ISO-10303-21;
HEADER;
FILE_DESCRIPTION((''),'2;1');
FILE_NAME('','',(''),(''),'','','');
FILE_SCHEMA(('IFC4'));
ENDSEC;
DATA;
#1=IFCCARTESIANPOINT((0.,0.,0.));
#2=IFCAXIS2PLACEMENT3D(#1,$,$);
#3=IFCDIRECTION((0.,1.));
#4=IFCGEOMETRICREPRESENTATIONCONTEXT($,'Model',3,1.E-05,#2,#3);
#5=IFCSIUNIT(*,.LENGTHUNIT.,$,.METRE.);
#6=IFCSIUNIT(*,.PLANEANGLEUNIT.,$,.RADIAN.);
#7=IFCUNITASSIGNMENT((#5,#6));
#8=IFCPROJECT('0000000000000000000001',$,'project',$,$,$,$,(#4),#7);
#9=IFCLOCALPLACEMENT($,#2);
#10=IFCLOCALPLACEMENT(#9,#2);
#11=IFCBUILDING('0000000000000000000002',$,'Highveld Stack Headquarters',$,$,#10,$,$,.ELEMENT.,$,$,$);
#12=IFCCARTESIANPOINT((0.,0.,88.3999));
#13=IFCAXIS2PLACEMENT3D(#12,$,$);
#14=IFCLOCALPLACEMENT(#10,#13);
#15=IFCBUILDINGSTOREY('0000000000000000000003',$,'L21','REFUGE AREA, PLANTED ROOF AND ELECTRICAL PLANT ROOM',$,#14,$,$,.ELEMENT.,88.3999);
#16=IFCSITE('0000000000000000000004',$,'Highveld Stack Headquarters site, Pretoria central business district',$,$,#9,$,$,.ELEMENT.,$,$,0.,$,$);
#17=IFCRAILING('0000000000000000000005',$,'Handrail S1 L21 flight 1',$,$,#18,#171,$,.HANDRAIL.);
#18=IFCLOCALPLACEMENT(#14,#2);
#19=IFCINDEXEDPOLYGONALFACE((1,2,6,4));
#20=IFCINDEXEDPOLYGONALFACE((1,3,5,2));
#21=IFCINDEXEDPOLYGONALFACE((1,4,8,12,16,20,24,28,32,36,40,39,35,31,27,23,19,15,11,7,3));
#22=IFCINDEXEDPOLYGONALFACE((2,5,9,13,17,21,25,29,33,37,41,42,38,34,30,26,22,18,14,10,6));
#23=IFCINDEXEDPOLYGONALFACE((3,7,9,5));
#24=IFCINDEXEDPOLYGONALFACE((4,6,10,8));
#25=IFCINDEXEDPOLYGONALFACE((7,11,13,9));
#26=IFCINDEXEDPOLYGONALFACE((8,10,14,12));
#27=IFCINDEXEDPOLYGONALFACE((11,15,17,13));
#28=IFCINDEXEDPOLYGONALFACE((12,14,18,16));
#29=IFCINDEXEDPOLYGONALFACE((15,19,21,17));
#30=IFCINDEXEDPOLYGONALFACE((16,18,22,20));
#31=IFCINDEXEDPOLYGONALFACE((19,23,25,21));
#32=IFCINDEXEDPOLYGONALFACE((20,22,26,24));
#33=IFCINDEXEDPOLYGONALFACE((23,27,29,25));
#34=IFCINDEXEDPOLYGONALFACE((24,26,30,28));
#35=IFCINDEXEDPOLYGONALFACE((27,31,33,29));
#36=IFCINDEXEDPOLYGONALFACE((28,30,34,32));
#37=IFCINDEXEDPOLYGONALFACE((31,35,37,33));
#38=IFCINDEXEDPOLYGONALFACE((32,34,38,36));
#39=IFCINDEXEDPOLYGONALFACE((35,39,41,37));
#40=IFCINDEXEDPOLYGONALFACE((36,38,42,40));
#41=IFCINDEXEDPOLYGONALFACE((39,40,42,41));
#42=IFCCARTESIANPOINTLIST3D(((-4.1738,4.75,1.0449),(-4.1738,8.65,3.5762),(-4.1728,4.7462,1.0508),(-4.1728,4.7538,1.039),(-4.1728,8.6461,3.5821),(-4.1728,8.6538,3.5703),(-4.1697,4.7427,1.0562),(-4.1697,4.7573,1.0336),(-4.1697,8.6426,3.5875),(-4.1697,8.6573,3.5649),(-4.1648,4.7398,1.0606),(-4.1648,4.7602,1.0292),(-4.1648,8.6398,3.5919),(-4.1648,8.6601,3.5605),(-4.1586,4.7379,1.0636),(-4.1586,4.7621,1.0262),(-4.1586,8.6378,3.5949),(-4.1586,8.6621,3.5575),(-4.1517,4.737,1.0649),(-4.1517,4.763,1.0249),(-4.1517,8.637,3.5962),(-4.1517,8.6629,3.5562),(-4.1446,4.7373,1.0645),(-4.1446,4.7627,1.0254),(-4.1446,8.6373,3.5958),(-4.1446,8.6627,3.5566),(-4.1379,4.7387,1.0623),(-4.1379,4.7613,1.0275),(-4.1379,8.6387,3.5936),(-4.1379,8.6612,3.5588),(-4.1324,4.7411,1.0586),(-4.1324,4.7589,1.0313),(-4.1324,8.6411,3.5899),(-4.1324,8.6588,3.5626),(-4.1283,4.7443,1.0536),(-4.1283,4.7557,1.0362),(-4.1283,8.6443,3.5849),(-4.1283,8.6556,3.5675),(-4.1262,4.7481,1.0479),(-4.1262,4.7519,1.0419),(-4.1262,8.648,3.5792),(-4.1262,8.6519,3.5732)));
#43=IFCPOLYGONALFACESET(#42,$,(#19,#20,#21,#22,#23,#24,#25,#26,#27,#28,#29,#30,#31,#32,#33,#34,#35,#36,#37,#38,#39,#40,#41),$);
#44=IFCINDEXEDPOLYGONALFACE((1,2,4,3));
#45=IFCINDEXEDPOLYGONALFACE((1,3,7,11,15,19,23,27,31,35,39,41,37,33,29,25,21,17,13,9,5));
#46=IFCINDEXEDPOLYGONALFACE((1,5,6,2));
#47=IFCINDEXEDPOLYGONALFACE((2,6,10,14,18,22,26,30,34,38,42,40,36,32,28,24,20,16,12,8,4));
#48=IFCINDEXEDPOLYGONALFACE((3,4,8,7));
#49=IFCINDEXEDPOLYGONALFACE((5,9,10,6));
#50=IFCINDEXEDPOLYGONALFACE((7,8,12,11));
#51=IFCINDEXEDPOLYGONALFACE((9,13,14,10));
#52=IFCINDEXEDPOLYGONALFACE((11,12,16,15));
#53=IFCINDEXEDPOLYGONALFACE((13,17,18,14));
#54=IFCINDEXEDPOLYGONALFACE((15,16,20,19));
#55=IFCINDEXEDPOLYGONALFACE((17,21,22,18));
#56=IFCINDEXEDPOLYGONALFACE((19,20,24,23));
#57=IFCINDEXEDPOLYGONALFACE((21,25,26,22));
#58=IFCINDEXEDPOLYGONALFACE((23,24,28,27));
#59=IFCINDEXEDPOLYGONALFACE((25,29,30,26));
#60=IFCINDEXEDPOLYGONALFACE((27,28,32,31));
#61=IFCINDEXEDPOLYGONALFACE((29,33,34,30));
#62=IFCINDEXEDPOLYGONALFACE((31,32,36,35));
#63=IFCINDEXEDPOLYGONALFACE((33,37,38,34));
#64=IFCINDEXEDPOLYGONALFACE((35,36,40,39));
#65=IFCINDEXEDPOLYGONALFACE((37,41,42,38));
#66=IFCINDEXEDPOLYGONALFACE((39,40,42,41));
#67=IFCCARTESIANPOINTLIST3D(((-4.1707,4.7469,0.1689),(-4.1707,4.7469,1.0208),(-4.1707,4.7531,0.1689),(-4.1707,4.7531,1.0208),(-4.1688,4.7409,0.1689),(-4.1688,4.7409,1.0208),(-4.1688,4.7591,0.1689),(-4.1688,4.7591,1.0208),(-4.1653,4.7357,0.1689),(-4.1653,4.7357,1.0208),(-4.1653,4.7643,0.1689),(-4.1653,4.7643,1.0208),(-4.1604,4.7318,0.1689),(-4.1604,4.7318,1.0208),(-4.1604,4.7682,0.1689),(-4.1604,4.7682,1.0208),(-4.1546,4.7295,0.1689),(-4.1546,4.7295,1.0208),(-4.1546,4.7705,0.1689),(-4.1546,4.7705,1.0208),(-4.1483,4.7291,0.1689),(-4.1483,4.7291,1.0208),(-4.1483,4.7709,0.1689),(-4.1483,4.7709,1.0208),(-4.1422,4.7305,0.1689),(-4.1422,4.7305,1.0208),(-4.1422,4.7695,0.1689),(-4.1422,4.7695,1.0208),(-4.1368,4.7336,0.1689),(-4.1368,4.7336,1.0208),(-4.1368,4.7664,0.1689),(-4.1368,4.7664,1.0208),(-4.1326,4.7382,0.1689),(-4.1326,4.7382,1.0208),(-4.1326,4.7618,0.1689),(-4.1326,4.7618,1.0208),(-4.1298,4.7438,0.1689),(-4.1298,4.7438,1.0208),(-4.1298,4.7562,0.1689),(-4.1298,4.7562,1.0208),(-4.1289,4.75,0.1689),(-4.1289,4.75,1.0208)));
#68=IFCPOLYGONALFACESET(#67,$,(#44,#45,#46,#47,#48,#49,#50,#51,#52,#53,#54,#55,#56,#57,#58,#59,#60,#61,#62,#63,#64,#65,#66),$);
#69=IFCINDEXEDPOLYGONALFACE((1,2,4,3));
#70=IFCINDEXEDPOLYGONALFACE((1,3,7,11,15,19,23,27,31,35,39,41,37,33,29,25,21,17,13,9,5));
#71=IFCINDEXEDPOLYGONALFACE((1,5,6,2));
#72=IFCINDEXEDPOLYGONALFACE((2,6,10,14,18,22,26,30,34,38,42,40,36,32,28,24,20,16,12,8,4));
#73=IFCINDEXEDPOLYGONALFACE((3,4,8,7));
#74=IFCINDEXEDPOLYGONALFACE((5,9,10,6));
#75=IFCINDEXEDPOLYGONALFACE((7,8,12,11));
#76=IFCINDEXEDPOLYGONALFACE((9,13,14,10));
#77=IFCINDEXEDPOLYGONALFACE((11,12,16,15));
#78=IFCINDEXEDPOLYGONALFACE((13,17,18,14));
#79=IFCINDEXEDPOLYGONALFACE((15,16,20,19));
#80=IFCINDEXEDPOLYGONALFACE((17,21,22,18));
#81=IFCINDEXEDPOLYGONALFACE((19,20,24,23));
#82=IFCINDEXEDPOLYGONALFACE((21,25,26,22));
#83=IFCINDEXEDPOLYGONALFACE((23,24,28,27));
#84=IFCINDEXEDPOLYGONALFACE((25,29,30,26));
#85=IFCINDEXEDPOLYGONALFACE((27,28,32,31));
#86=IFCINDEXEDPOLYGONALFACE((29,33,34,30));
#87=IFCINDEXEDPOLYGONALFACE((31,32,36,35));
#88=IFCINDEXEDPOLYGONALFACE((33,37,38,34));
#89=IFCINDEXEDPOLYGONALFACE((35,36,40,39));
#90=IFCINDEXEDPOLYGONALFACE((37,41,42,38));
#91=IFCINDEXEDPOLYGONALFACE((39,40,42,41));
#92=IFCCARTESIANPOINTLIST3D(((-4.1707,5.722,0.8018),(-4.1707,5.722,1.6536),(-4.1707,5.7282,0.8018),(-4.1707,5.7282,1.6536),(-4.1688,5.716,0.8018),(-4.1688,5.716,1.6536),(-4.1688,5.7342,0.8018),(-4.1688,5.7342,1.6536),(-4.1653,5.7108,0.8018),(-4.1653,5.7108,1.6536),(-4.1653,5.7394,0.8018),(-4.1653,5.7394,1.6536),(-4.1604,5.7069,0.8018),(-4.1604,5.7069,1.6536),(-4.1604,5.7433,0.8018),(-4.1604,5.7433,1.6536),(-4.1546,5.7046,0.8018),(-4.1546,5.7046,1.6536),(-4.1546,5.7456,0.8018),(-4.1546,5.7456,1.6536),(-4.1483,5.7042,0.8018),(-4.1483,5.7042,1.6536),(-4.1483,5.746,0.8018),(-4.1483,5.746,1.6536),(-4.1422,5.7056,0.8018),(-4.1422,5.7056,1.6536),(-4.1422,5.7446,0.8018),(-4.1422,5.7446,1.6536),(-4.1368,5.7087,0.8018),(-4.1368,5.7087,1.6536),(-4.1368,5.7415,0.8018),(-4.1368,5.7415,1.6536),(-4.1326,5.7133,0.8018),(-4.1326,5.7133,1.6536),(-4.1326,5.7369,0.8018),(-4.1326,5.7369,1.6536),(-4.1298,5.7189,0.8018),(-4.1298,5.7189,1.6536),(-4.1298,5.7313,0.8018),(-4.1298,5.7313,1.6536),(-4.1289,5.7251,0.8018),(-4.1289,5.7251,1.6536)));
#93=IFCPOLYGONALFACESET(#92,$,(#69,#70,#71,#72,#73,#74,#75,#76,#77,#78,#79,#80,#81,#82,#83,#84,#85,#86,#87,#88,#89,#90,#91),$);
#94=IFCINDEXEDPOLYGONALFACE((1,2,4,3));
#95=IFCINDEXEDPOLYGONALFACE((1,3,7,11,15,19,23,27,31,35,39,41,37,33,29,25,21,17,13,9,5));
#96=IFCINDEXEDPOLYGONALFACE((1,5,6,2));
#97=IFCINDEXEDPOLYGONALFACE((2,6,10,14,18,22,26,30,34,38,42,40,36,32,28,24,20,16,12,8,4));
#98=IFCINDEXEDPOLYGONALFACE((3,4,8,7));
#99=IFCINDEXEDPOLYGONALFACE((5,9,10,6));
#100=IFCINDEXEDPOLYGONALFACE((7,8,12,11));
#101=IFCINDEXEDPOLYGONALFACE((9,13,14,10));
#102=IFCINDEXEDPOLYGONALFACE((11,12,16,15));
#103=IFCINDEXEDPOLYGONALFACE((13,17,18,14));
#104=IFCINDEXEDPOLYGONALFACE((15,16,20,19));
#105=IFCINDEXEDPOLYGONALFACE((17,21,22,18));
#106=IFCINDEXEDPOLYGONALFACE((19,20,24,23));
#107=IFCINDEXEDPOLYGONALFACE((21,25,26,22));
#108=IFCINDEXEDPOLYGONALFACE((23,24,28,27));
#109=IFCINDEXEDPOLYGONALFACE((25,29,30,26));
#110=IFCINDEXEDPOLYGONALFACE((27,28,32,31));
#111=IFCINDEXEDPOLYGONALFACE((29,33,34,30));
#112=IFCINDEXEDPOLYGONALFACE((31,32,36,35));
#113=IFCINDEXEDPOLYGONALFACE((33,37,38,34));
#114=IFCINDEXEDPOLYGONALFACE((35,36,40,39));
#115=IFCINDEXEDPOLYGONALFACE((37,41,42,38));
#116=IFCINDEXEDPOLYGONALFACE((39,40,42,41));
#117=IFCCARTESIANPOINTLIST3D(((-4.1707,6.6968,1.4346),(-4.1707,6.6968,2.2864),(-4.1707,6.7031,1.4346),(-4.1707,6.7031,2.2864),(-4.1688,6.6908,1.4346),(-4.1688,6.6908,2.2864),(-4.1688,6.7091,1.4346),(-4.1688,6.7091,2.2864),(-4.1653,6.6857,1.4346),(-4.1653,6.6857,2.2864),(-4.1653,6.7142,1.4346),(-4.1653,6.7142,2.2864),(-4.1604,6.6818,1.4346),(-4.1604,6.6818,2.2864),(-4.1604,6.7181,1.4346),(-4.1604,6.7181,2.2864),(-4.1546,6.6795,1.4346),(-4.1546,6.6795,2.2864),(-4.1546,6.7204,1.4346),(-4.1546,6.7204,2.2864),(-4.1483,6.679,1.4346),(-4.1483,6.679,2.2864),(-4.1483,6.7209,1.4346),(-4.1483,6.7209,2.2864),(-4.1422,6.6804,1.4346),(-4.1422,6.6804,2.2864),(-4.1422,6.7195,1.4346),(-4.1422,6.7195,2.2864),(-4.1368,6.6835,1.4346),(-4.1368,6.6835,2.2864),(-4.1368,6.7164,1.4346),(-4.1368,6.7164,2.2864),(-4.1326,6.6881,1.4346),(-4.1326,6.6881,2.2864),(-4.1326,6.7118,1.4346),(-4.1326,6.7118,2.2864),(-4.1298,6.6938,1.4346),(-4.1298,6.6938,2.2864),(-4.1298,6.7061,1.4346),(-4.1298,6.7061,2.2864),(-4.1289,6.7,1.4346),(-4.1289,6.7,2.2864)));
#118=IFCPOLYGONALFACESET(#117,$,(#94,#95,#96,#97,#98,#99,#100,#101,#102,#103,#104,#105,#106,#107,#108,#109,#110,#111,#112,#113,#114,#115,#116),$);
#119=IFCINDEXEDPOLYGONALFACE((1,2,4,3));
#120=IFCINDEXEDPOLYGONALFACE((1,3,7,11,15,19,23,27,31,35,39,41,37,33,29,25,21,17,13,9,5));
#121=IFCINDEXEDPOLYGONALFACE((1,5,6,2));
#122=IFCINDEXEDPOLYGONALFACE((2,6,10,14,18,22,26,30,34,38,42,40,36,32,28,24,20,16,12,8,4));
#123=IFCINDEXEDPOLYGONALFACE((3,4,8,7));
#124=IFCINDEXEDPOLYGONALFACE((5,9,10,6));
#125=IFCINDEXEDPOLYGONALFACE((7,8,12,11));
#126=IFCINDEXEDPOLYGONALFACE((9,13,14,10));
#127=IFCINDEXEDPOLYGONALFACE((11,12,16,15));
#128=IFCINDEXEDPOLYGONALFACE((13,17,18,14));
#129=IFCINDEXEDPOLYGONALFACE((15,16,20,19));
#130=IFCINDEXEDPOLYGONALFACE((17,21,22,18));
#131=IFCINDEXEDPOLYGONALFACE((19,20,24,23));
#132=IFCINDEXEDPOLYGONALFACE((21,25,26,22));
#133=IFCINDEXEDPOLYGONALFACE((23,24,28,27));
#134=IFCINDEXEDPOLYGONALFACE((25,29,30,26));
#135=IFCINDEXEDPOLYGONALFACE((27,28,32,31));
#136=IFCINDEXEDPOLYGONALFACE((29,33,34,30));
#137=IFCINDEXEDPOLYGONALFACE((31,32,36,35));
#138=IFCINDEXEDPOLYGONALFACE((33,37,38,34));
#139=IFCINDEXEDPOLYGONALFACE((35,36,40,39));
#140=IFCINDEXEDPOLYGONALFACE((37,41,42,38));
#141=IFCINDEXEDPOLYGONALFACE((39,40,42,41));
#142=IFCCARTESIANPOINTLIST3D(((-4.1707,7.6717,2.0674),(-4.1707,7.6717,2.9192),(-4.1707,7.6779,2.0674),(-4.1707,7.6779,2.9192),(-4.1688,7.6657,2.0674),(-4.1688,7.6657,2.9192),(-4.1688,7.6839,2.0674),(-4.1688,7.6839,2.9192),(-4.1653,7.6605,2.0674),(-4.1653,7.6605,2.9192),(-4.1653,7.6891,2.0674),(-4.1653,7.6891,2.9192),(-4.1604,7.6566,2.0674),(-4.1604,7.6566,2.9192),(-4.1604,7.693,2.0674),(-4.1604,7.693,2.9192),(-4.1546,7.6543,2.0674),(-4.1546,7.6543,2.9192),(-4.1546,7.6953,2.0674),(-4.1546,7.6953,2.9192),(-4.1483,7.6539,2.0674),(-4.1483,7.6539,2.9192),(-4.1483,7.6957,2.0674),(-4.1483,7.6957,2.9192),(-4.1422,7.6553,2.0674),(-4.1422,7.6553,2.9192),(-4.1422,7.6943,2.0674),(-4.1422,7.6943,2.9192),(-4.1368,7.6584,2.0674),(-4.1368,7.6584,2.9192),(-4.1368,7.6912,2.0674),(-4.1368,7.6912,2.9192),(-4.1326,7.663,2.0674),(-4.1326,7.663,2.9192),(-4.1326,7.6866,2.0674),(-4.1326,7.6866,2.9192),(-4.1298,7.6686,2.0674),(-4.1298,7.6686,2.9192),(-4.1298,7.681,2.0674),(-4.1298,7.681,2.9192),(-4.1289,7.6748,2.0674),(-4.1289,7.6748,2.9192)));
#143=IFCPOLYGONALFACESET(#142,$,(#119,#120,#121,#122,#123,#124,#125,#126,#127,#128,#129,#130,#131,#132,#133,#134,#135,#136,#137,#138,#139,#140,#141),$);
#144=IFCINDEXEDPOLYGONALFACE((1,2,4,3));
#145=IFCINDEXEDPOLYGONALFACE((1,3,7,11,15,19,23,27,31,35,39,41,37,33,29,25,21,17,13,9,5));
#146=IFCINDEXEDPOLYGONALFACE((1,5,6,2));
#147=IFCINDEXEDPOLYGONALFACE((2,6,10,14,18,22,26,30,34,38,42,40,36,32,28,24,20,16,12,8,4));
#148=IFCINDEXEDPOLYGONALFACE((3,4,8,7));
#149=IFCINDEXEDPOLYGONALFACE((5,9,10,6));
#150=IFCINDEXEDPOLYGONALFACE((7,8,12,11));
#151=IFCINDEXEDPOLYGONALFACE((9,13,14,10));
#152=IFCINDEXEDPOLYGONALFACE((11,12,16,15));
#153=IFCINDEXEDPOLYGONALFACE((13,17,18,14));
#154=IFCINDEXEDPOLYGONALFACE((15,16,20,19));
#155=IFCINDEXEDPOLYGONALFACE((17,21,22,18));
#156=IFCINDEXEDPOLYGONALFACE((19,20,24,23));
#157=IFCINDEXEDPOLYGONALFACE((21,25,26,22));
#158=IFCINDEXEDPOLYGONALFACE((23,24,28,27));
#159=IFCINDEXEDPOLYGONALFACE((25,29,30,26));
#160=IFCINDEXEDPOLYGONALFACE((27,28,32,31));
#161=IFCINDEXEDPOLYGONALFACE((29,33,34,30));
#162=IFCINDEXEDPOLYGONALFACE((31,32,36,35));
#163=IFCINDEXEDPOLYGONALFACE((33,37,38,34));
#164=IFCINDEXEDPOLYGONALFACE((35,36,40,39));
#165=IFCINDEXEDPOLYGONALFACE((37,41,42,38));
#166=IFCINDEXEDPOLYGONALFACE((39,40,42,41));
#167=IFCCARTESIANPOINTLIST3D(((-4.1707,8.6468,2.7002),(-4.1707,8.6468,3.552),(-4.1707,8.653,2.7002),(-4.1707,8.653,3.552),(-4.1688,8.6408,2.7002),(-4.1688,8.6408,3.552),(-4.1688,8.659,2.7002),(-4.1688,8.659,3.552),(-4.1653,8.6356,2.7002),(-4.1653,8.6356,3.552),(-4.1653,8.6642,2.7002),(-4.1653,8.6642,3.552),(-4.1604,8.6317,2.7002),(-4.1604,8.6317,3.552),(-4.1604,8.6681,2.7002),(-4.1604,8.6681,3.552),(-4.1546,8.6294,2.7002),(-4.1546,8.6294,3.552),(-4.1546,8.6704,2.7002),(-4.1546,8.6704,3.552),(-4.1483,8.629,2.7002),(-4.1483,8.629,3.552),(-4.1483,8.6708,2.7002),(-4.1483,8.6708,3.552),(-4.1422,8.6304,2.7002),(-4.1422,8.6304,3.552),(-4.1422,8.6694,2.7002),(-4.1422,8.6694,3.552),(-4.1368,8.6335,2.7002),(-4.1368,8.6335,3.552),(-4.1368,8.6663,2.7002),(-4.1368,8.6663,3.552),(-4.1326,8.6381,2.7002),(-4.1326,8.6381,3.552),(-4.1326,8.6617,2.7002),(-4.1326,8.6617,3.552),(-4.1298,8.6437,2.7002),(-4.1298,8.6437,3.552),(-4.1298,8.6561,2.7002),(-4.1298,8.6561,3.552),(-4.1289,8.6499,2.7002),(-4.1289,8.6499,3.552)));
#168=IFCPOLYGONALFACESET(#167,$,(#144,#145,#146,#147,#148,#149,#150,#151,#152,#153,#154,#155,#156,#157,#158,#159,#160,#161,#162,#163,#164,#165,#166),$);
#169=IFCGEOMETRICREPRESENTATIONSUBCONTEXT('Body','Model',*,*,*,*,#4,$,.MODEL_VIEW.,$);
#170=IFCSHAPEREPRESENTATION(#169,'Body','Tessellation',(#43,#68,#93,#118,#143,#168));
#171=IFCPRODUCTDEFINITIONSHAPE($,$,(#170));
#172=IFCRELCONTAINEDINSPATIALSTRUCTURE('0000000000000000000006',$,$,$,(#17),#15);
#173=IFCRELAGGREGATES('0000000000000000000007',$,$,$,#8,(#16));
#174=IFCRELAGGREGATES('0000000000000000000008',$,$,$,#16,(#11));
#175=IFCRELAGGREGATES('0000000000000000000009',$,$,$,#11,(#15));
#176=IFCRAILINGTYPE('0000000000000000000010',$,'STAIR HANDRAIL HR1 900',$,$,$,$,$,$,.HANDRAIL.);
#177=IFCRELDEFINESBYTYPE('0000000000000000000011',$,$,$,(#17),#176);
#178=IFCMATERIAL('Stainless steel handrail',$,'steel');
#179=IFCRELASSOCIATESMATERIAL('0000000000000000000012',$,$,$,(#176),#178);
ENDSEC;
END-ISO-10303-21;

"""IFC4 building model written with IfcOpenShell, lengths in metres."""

from ifc_helpers import new_model, si_unit, direction, frame, origin, origin_2d, place, context, subcontext, project, spatial, circle, extrude, material, type_object, element, save


model = new_model("IFC4")

# Units and contexts
model_context = context("Model", 3, precision=1e-05, world=origin(), true_north=direction((0.0, 1.0)))
body_context = subcontext(model_context, "Body", "Model", "MODEL_VIEW")
ifc_project = project(units=[si_unit("LENGTHUNIT", "METRE"), si_unit("PLANEANGLEUNIT", "RADIAN")], contexts=[model_context])

# Site, building, storey
site_placement = place(None, origin())
site = spatial("IfcSite", under=ifc_project, at=site_placement, Name="Highveld Stack Headquarters site, Pretoria central business district", CompositionType="ELEMENT", RefElevation=0.0)
building_placement = place(site_placement, origin())
building = spatial("IfcBuilding", under=site, at=building_placement, Name="Highveld Stack Headquarters", CompositionType="ELEMENT")
storey_placement = place(building_placement, frame((0.0, 0.0, 88.3999)))
storey = spatial("IfcBuildingStorey", under=building, at=storey_placement, Name="L21", Description="REFUGE AREA, PLANTED ROOF AND ELECTRICAL PLANT ROOM", CompositionType="ELEMENT", Elevation=88.3999)

# Railing
ifc_material_1 = material(Name="Stainless steel handrail", Category="steel")
railing_type = type_object("IfcRailingType", Name="STAIR HANDRAIL HR1 900", PredefinedType="HANDRAIL", material=ifc_material_1)
for number, where, name in (
    (1, (-4.1499, 4.75, 0.1689), "Handrail S1 L21 flight 1"),
):
    element("IfcRailing", number, at=place(storey_placement, frame(where)), inside=storey, type_object=railing_type, Name=name, PredefinedType="HANDRAIL", context=body_context, shape_type="SweptSolid", body=[
        extrude(circle(Radius=0.0239, at=origin_2d()), frame((0.0, 0.0, 0.876), z_axis=(0.0, 0.838806, 0.544431), x_axis=(-1.0, 0.0, 0.0)), (0.0, 0.0, 1.0), 4.6494),
        extrude(circle(Radius=0.021, at=origin_2d()), origin(), (0.0, 0.0, 1.0), 0.8518),
        extrude(circle(Radius=0.021, at=origin_2d()), frame((0.0, 0.9751, 0.6328)), (0.0, 0.0, 1.0), 0.8518),
        extrude(circle(Radius=0.021, at=origin_2d()), frame((0.0, 1.95, 1.2656)), (0.0, 0.0, 1.0), 0.8518),
        extrude(circle(Radius=0.021, at=origin_2d()), frame((0.0, 2.9248, 1.8984)), (0.0, 0.0, 1.0), 0.8518),
        extrude(circle(Radius=0.021, at=origin_2d()), frame((0.0, 3.8999, 2.5312)), (0.0, 0.0, 1.0), 0.8518),
    ])

save(model, "model.ifc")
